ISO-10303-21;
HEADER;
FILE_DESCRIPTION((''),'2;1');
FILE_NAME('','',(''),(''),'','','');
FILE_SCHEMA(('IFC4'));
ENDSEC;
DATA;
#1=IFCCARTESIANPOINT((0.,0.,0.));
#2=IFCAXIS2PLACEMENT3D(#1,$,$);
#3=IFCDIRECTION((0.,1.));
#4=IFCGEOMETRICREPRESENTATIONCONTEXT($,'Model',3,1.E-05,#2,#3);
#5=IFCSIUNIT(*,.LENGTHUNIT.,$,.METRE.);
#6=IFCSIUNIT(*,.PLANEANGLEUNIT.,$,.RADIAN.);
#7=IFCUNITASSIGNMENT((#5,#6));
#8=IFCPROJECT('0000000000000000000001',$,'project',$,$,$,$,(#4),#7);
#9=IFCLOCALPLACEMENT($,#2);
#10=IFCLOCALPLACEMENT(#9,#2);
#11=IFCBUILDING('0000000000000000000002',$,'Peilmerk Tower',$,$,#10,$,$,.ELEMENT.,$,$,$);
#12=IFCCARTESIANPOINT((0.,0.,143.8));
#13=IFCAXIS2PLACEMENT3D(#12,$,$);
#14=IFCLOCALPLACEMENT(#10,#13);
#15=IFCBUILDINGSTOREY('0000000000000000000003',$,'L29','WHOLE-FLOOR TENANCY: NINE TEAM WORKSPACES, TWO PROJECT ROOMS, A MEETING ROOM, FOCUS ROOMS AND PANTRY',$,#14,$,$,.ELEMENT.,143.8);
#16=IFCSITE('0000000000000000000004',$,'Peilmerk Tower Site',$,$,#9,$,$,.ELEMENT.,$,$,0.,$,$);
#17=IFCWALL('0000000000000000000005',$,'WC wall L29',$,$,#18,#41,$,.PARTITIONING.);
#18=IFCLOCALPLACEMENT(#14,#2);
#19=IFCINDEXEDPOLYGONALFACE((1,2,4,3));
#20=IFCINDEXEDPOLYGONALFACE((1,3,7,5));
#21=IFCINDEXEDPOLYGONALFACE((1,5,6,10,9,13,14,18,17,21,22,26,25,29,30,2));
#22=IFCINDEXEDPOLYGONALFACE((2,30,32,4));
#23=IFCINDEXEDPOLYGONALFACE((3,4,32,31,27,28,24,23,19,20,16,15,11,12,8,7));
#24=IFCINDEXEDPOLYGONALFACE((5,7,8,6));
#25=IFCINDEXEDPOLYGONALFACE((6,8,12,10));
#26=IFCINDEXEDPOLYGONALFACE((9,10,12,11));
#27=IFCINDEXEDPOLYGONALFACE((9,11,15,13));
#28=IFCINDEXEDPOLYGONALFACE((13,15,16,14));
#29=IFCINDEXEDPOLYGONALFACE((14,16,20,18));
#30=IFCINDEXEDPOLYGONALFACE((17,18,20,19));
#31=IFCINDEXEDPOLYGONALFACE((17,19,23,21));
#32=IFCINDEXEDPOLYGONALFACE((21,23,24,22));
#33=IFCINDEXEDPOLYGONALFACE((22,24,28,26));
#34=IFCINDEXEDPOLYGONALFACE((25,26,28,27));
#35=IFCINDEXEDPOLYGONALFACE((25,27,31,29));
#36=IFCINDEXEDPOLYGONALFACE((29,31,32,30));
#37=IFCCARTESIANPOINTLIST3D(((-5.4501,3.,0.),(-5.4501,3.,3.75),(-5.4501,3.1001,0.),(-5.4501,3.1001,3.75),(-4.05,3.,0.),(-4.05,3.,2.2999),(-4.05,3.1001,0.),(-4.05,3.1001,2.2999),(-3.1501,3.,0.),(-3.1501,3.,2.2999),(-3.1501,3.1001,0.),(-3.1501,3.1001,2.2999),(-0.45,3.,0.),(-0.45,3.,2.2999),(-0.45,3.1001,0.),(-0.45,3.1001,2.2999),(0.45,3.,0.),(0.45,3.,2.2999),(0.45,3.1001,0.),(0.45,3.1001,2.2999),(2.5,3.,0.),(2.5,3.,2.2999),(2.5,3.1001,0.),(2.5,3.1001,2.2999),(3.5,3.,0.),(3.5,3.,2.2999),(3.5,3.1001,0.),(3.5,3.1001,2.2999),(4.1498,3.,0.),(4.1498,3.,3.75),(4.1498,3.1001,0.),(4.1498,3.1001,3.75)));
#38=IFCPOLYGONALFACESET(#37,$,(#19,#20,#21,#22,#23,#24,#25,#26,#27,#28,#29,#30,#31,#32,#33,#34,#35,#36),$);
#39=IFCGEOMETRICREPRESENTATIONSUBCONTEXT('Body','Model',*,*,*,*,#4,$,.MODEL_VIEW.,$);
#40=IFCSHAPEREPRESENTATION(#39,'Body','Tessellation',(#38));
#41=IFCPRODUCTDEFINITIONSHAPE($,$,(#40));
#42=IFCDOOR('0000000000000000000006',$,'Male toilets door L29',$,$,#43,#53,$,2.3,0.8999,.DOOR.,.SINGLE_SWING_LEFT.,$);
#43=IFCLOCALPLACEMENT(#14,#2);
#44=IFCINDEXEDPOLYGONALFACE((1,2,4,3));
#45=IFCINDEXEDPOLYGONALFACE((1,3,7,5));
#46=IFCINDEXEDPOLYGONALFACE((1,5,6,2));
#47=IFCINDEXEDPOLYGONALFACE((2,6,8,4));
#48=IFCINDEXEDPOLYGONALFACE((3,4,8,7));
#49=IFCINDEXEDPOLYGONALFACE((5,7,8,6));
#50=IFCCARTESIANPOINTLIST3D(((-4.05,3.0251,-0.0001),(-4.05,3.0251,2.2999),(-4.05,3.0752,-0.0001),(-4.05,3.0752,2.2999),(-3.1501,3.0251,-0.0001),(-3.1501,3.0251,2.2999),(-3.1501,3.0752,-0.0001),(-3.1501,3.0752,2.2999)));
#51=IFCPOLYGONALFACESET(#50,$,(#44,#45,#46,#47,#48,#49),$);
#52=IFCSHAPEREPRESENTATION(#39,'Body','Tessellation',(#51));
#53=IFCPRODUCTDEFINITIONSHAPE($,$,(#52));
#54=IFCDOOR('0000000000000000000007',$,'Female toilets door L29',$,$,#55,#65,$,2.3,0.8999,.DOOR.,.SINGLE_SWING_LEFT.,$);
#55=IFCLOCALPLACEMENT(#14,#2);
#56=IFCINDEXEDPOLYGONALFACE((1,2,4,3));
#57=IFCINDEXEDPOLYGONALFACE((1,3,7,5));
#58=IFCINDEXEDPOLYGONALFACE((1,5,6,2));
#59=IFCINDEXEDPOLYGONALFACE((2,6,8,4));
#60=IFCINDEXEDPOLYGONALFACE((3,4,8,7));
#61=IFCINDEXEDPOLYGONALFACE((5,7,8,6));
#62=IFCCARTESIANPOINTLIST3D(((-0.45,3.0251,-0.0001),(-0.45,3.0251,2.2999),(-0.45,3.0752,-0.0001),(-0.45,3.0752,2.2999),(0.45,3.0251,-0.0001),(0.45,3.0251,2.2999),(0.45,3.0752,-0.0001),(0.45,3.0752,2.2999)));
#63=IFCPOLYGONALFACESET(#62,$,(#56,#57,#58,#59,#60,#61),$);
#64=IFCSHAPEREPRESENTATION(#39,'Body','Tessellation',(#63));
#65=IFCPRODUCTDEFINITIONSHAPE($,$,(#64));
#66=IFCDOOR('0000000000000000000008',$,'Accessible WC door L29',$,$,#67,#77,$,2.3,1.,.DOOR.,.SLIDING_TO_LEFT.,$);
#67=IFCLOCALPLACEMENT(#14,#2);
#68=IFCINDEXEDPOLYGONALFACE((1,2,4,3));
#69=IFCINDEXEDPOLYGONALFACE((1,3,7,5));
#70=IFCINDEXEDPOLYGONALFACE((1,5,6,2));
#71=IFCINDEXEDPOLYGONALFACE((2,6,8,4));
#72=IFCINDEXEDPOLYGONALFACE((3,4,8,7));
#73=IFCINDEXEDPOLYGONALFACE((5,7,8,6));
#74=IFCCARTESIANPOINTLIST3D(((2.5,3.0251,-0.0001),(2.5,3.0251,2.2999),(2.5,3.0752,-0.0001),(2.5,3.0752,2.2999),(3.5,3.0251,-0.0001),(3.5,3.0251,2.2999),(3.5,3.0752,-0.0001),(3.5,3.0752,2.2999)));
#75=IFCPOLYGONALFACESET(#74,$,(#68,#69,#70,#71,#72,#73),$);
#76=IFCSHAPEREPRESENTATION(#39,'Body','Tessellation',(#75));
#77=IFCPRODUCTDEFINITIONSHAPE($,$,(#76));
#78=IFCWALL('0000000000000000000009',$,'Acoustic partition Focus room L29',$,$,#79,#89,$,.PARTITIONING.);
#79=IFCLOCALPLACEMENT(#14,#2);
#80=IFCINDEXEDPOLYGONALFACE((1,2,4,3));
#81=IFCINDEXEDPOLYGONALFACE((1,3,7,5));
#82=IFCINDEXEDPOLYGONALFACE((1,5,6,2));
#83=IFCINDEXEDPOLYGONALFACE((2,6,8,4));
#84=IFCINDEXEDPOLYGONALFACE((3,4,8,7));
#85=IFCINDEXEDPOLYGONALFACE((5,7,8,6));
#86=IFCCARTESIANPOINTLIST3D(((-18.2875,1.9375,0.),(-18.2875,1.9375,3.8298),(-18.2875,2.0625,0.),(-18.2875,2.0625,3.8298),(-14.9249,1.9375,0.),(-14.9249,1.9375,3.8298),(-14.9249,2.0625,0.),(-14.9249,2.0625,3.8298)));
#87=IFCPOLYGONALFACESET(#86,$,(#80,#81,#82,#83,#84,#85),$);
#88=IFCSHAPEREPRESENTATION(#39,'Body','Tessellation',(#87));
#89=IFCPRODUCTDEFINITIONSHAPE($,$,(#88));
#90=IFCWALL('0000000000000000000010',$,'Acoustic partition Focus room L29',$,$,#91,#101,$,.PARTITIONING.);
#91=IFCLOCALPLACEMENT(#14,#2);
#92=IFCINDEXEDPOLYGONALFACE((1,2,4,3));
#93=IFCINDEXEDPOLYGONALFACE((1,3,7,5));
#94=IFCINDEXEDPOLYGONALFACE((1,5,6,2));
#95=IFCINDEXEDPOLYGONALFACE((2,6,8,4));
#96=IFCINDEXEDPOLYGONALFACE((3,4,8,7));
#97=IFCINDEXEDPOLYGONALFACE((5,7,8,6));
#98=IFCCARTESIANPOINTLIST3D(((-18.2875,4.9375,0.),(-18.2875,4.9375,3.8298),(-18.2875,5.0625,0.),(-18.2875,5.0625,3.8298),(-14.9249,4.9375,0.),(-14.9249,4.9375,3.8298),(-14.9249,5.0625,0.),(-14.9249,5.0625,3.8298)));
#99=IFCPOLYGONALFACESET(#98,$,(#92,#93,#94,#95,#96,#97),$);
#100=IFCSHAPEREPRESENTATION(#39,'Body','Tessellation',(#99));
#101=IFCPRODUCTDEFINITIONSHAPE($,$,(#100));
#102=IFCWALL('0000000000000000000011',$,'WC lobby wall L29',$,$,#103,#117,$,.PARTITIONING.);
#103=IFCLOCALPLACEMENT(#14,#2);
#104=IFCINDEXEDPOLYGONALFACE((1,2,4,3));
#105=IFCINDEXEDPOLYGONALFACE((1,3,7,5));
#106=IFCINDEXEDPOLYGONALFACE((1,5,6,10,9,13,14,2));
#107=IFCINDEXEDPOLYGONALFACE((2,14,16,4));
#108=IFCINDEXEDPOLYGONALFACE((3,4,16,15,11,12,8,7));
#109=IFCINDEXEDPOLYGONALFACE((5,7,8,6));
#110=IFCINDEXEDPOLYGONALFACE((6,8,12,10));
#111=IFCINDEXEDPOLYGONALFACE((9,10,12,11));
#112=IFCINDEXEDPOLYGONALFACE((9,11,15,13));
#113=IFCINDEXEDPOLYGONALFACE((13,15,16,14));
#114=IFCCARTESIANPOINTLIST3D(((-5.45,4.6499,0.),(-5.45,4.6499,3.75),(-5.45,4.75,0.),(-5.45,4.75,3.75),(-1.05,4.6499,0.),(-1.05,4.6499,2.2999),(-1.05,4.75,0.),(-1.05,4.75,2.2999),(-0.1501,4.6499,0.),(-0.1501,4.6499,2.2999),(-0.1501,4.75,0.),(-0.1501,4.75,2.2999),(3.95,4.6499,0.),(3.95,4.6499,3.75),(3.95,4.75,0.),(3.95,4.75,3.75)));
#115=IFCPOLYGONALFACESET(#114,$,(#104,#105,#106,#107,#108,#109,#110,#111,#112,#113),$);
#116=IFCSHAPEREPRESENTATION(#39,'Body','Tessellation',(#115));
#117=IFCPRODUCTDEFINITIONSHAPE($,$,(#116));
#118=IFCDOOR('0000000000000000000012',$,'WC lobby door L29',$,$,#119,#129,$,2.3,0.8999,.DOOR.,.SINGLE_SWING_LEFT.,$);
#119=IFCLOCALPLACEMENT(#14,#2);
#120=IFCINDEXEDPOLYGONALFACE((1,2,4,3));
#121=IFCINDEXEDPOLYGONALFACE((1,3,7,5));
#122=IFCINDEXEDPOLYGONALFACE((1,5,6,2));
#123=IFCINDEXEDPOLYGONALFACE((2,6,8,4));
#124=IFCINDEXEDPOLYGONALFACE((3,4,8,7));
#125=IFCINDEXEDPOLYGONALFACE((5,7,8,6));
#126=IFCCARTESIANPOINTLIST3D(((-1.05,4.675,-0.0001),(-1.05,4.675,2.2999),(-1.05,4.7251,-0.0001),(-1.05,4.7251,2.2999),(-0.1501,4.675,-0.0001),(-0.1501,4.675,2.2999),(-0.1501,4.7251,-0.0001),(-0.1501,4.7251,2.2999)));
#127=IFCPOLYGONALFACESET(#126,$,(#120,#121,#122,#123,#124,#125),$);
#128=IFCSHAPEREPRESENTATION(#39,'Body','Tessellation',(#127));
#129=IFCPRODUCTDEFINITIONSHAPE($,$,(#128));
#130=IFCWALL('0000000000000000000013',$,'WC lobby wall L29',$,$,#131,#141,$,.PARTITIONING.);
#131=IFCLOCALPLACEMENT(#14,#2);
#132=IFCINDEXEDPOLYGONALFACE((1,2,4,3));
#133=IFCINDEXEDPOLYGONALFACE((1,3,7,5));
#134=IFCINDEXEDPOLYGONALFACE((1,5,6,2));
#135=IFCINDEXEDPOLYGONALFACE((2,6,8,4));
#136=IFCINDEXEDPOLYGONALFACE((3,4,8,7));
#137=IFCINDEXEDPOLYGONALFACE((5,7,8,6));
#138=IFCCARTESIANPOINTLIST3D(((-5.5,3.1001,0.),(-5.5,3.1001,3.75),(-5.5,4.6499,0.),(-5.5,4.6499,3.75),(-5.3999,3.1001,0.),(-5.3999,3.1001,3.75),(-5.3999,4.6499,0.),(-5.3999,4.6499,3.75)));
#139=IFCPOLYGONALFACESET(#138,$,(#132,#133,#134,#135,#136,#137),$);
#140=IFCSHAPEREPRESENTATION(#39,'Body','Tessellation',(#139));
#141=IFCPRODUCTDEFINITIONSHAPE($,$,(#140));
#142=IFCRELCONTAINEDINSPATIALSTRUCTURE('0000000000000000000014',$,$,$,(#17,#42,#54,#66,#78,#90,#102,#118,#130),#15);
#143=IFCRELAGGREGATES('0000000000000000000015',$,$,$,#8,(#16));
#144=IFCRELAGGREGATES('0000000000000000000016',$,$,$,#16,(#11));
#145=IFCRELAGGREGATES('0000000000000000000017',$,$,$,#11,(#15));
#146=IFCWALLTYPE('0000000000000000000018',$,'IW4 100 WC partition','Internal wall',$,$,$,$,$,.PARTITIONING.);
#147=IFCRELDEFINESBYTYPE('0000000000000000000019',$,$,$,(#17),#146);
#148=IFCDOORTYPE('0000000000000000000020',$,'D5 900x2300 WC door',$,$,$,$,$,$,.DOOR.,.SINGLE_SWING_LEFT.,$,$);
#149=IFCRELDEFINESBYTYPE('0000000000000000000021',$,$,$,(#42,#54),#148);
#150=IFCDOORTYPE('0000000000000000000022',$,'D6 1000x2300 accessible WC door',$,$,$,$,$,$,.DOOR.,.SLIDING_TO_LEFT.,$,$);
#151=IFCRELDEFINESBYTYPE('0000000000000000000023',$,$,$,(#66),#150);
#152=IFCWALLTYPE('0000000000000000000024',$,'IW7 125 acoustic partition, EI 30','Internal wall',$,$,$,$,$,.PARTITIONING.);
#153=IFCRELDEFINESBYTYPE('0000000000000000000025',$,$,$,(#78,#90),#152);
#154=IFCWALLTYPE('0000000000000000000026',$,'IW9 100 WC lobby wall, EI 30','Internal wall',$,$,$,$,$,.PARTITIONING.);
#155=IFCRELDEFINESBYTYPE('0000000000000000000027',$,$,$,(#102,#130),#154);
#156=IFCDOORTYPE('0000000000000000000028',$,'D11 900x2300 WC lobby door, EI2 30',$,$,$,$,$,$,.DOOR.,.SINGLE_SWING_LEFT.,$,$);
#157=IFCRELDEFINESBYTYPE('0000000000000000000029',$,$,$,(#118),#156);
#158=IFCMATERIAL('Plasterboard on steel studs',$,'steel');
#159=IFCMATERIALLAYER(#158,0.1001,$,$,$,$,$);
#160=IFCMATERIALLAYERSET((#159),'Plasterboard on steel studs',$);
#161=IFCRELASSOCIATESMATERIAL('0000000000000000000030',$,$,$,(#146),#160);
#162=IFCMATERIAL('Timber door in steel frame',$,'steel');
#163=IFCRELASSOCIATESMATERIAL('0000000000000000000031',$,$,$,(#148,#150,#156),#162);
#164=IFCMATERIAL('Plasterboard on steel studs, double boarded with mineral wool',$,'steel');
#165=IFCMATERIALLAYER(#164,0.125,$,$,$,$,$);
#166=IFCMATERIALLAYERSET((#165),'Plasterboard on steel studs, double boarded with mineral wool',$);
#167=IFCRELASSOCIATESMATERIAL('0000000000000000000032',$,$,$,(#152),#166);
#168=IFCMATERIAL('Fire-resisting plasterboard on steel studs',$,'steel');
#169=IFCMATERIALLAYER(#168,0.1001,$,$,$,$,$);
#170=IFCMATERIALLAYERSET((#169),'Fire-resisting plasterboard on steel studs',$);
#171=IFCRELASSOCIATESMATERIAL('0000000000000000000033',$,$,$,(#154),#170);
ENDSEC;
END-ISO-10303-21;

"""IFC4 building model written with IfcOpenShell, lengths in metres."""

from ifc_helpers import new_model, si_unit, direction, frame, frame_2d, origin, place, context, subcontext, project, spatial, rectangle, extrude, material, layer, layer_set, type_object, element, fill, save


model = new_model("IFC4")

# Units and contexts
model_context = context("Model", 3, precision=1e-05, world=origin(), true_north=direction((0.0, 1.0)))
body_context = subcontext(model_context, "Body", "Model", "MODEL_VIEW")
ifc_project = project(units=[si_unit("LENGTHUNIT", "METRE"), si_unit("PLANEANGLEUNIT", "RADIAN")], contexts=[model_context])

# Site, building, storey
site_placement = place(None, origin())
site = spatial("IfcSite", under=ifc_project, at=site_placement, Name="Peilmerk Tower Site", CompositionType="ELEMENT", RefElevation=0.0)
building_placement = place(site_placement, origin())
building = spatial("IfcBuilding", under=site, at=building_placement, Name="Peilmerk Tower", CompositionType="ELEMENT")
storey_placement = place(building_placement, frame((0.0, 0.0, 143.8)))
storey = spatial("IfcBuildingStorey", under=building, at=storey_placement, Name="L29", Description="WHOLE-FLOOR TENANCY: NINE TEAM WORKSPACES, TWO PROJECT ROOMS, A MEETING ROOM, FOCUS ROOMS AND PANTRY", CompositionType="ELEMENT", Elevation=143.8)

# Wall, openings, doors
ifc_material_1 = material(Name="Plasterboard on steel studs", Category="steel")
ifc_layer_1 = layer(ifc_material_1, 0.1001)
ifc_layer_set_1 = layer_set([ifc_layer_1], Name="Plasterboard on steel studs")
wall_type_1 = type_object("IfcWallType", Name="IW4 100 WC partition", Description="Internal wall", PredefinedType="PARTITIONING", material=ifc_layer_set_1)
wall_1_placement = place(storey_placement, frame((-5.45, 3.05, 0.0), z_axis=(0.0, 0.0, 1.0), x_axis=(1.0, 0.0, 0.0)))
wall_1 = element("IfcWall", 1, at=wall_1_placement, inside=storey, type_object=wall_type_1, Name="WC wall L29", PredefinedType="PARTITIONING", context=body_context, shape_type="SweptSolid", body=[
    extrude(rectangle(XDim=9.5999, YDim=0.1001, at=frame_2d((4.7998, 0.0))), origin(), (0.0, 0.0, 1.0), 3.75),
])
opening_1_placement = place(wall_1_placement, frame((1.3999, 0.0, 0.0)))
opening_1 = element("IfcOpeningElement", 2, at=opening_1_placement, cuts=wall_1, PredefinedType="OPENING", context=body_context, shape_type="SweptSolid", body=[
    extrude(rectangle(XDim=0.8999, YDim=2.3, at=frame_2d((0.45, 1.1499))), frame((0.0, 0.0601, 0.0), z_axis=(0.0, -1.0, 0.0), x_axis=(1.0, 0.0, 0.0)), (0.0, 0.0, 1.0), 0.1201),
])
opening_2_placement = place(wall_1_placement, frame((5.0, 0.0, 0.0)))
opening_2 = element("IfcOpeningElement", 3, at=opening_2_placement, cuts=wall_1, PredefinedType="OPENING", context=body_context, shape_type="SweptSolid", body=[
    extrude(rectangle(XDim=0.8999, YDim=2.3, at=frame_2d((0.45, 1.1499))), frame((0.0, 0.0601, 0.0), z_axis=(0.0, -1.0, 0.0), x_axis=(1.0, 0.0, 0.0)), (0.0, 0.0, 1.0), 0.1201),
])
opening_3_placement = place(wall_1_placement, frame((7.95, 0.0, 0.0)))
opening_3 = element("IfcOpeningElement", 4, at=opening_3_placement, cuts=wall_1, PredefinedType="OPENING", context=body_context, shape_type="SweptSolid", body=[
    extrude(rectangle(XDim=1.0, YDim=2.3, at=frame_2d((0.5, 1.1499))), frame((0.0, 0.0601, 0.0), z_axis=(0.0, -1.0, 0.0), x_axis=(1.0, 0.0, 0.0)), (0.0, 0.0, 1.0), 0.1201),
])
ifc_material_2 = material(Name="Timber door in steel frame", Category="steel")
door_type_1 = type_object("IfcDoorType", Name="D5 900x2300 WC door", OperationType="SINGLE_SWING_LEFT", PredefinedType="DOOR", material=ifc_material_2)
door_1_placement = place(opening_1_placement, frame((0.8999, 0.0, 0.0), z_axis=(0.0, 0.0, 1.0), x_axis=(-1.0, 0.0, 0.0)))
door_1 = element("IfcDoor", 5, at=door_1_placement, inside=storey, type_object=door_type_1, Name="Male toilets door L29", OperationType="SINGLE_SWING_LEFT", OverallHeight=2.3, OverallWidth=0.8999, PredefinedType="DOOR", context=body_context, shape_type="SweptSolid", body=[
    extrude(rectangle(XDim=0.8999, YDim=2.3, at=frame_2d((0.45, 1.1499))), frame((0.0, 0.0249, 0.0), z_axis=(0.0, -1.0, 0.0), x_axis=(1.0, 0.0, 0.0)), (0.0, 0.0, 1.0), 0.05),
])
fill(opening_1, door_1)
door_2_placement = place(opening_2_placement, frame((0.8999, 0.0, 0.0), z_axis=(0.0, 0.0, 1.0), x_axis=(-1.0, 0.0, 0.0)))
door_2 = element("IfcDoor", 6, at=door_2_placement, inside=storey, type_object=door_type_1, Name="Female toilets door L29", OperationType="SINGLE_SWING_LEFT", OverallHeight=2.3, OverallWidth=0.8999, PredefinedType="DOOR", context=body_context, shape_type="SweptSolid", body=[
    extrude(rectangle(XDim=0.8999, YDim=2.3, at=frame_2d((0.45, 1.1499))), frame((0.0, 0.0249, 0.0), z_axis=(0.0, -1.0, 0.0), x_axis=(1.0, 0.0, 0.0)), (0.0, 0.0, 1.0), 0.05),
])
fill(opening_2, door_2)
door_type_2 = type_object("IfcDoorType", Name="D6 1000x2300 accessible WC door", OperationType="SLIDING_TO_LEFT", PredefinedType="DOOR", material=ifc_material_2)
door_3_placement = place(opening_3_placement, frame((1.0, 0.0, 0.0), z_axis=(0.0, 0.0, 1.0), x_axis=(-1.0, 0.0, 0.0)))
door_3 = element("IfcDoor", 7, at=door_3_placement, inside=storey, type_object=door_type_2, Name="Accessible WC door L29", OperationType="SLIDING_TO_LEFT", OverallHeight=2.3, OverallWidth=1.0, PredefinedType="DOOR", context=body_context, shape_type="SweptSolid", body=[
    extrude(rectangle(XDim=1.0, YDim=2.3, at=frame_2d((0.5, 1.1499))), frame((0.0, 0.0249, 0.0), z_axis=(0.0, -1.0, 0.0), x_axis=(1.0, 0.0, 0.0)), (0.0, 0.0, 1.0), 0.05),
])
fill(opening_3, door_3)

# Walls
ifc_material_3 = material(Name="Plasterboard on steel studs, double boarded with mineral wool", Category="steel")
ifc_layer_2 = layer(ifc_material_3, 0.125)
ifc_layer_set_2 = layer_set([ifc_layer_2], Name="Plasterboard on steel studs, double boarded with mineral wool")
wall_type_2 = type_object("IfcWallType", Name="IW7 125 acoustic partition, EI 30", Description="Internal wall", PredefinedType="PARTITIONING", material=ifc_layer_set_2)
for number, where, z_axis, x_axis, name in (
    (8, (-14.925, 2.0, 0.0), (0.0, 0.0, 1.0), (-1.0, 0.0, 0.0), "Acoustic partition Focus room L29"),
    (9, (-14.925, 5.0, 0.0), (0.0, 0.0, 1.0), (-1.0, 0.0, 0.0), "Acoustic partition Focus room L29"),
):
    element("IfcWall", number, at=place(storey_placement, frame(where, z_axis=z_axis, x_axis=x_axis)), inside=storey, type_object=wall_type_2, Name=name, PredefinedType="PARTITIONING", context=body_context, shape_type="SweptSolid", body=[
        extrude(rectangle(XDim=3.3625, YDim=0.125, at=frame_2d((1.6812, 0.0))), origin(), (0.0, 0.0, 1.0), 3.8298),
    ])

# Wall, opening, door
ifc_material_4 = material(Name="Fire-resisting plasterboard on steel studs", Category="steel")
ifc_layer_3 = layer(ifc_material_4, 0.1001)
ifc_layer_set_3 = layer_set([ifc_layer_3], Name="Fire-resisting plasterboard on steel studs")
wall_type_3 = type_object("IfcWallType", Name="IW9 100 WC lobby wall, EI 30", Description="Internal wall", PredefinedType="PARTITIONING", material=ifc_layer_set_3)
wall_2_placement = place(storey_placement, frame((-5.45, 4.7, 0.0), z_axis=(0.0, 0.0, 1.0), x_axis=(1.0, 0.0, 0.0)))
wall_2 = element("IfcWall", 10, at=wall_2_placement, inside=storey, type_object=wall_type_3, Name="WC lobby wall L29", PredefinedType="PARTITIONING", context=body_context, shape_type="SweptSolid", body=[
    extrude(rectangle(XDim=9.3999, YDim=0.1001, at=frame_2d((4.7, 0.0))), origin(), (0.0, 0.0, 1.0), 3.75),
])
opening_4_placement = place(wall_2_placement, frame((4.3999, 0.0, 0.0)))
opening_4 = element("IfcOpeningElement", 11, at=opening_4_placement, cuts=wall_2, PredefinedType="OPENING", context=body_context, shape_type="SweptSolid", body=[
    extrude(rectangle(XDim=0.8999, YDim=2.3, at=frame_2d((0.45, 1.1499))), frame((0.0, 0.0601, 0.0), z_axis=(0.0, -1.0, 0.0), x_axis=(1.0, 0.0, 0.0)), (0.0, 0.0, 1.0), 0.1201),
])
door_type_3 = type_object("IfcDoorType", Name="D11 900x2300 WC lobby door, EI2 30", OperationType="SINGLE_SWING_LEFT", PredefinedType="DOOR", material=ifc_material_2)
door_4_placement = place(opening_4_placement, frame((0.8999, 0.0, 0.0), z_axis=(0.0, 0.0, 1.0), x_axis=(-1.0, 0.0, 0.0)))
door_4 = element("IfcDoor", 12, at=door_4_placement, inside=storey, type_object=door_type_3, Name="WC lobby door L29", OperationType="SINGLE_SWING_LEFT", OverallHeight=2.3, OverallWidth=0.8999, PredefinedType="DOOR", context=body_context, shape_type="SweptSolid", body=[
    extrude(rectangle(XDim=0.8999, YDim=2.3, at=frame_2d((0.45, 1.1499))), frame((0.0, 0.0249, 0.0), z_axis=(0.0, -1.0, 0.0), x_axis=(1.0, 0.0, 0.0)), (0.0, 0.0, 1.0), 0.05),
])
fill(opening_4, door_4)

# Wall
wall_3_placement = place(storey_placement, frame((-5.45, 3.1001, 0.0), z_axis=(0.0, 0.0, 1.0), x_axis=(0.0, 1.0, 0.0)))
element("IfcWall", 13, at=wall_3_placement, inside=storey, type_object=wall_type_3, Name="WC lobby wall L29", PredefinedType="PARTITIONING", context=body_context, shape_type="SweptSolid", body=[
    extrude(rectangle(XDim=1.5498, YDim=0.1001, at=frame_2d((0.7749, 0.0))), origin(), (0.0, 0.0, 1.0), 3.75),
])

save(model, "model.ifc")
